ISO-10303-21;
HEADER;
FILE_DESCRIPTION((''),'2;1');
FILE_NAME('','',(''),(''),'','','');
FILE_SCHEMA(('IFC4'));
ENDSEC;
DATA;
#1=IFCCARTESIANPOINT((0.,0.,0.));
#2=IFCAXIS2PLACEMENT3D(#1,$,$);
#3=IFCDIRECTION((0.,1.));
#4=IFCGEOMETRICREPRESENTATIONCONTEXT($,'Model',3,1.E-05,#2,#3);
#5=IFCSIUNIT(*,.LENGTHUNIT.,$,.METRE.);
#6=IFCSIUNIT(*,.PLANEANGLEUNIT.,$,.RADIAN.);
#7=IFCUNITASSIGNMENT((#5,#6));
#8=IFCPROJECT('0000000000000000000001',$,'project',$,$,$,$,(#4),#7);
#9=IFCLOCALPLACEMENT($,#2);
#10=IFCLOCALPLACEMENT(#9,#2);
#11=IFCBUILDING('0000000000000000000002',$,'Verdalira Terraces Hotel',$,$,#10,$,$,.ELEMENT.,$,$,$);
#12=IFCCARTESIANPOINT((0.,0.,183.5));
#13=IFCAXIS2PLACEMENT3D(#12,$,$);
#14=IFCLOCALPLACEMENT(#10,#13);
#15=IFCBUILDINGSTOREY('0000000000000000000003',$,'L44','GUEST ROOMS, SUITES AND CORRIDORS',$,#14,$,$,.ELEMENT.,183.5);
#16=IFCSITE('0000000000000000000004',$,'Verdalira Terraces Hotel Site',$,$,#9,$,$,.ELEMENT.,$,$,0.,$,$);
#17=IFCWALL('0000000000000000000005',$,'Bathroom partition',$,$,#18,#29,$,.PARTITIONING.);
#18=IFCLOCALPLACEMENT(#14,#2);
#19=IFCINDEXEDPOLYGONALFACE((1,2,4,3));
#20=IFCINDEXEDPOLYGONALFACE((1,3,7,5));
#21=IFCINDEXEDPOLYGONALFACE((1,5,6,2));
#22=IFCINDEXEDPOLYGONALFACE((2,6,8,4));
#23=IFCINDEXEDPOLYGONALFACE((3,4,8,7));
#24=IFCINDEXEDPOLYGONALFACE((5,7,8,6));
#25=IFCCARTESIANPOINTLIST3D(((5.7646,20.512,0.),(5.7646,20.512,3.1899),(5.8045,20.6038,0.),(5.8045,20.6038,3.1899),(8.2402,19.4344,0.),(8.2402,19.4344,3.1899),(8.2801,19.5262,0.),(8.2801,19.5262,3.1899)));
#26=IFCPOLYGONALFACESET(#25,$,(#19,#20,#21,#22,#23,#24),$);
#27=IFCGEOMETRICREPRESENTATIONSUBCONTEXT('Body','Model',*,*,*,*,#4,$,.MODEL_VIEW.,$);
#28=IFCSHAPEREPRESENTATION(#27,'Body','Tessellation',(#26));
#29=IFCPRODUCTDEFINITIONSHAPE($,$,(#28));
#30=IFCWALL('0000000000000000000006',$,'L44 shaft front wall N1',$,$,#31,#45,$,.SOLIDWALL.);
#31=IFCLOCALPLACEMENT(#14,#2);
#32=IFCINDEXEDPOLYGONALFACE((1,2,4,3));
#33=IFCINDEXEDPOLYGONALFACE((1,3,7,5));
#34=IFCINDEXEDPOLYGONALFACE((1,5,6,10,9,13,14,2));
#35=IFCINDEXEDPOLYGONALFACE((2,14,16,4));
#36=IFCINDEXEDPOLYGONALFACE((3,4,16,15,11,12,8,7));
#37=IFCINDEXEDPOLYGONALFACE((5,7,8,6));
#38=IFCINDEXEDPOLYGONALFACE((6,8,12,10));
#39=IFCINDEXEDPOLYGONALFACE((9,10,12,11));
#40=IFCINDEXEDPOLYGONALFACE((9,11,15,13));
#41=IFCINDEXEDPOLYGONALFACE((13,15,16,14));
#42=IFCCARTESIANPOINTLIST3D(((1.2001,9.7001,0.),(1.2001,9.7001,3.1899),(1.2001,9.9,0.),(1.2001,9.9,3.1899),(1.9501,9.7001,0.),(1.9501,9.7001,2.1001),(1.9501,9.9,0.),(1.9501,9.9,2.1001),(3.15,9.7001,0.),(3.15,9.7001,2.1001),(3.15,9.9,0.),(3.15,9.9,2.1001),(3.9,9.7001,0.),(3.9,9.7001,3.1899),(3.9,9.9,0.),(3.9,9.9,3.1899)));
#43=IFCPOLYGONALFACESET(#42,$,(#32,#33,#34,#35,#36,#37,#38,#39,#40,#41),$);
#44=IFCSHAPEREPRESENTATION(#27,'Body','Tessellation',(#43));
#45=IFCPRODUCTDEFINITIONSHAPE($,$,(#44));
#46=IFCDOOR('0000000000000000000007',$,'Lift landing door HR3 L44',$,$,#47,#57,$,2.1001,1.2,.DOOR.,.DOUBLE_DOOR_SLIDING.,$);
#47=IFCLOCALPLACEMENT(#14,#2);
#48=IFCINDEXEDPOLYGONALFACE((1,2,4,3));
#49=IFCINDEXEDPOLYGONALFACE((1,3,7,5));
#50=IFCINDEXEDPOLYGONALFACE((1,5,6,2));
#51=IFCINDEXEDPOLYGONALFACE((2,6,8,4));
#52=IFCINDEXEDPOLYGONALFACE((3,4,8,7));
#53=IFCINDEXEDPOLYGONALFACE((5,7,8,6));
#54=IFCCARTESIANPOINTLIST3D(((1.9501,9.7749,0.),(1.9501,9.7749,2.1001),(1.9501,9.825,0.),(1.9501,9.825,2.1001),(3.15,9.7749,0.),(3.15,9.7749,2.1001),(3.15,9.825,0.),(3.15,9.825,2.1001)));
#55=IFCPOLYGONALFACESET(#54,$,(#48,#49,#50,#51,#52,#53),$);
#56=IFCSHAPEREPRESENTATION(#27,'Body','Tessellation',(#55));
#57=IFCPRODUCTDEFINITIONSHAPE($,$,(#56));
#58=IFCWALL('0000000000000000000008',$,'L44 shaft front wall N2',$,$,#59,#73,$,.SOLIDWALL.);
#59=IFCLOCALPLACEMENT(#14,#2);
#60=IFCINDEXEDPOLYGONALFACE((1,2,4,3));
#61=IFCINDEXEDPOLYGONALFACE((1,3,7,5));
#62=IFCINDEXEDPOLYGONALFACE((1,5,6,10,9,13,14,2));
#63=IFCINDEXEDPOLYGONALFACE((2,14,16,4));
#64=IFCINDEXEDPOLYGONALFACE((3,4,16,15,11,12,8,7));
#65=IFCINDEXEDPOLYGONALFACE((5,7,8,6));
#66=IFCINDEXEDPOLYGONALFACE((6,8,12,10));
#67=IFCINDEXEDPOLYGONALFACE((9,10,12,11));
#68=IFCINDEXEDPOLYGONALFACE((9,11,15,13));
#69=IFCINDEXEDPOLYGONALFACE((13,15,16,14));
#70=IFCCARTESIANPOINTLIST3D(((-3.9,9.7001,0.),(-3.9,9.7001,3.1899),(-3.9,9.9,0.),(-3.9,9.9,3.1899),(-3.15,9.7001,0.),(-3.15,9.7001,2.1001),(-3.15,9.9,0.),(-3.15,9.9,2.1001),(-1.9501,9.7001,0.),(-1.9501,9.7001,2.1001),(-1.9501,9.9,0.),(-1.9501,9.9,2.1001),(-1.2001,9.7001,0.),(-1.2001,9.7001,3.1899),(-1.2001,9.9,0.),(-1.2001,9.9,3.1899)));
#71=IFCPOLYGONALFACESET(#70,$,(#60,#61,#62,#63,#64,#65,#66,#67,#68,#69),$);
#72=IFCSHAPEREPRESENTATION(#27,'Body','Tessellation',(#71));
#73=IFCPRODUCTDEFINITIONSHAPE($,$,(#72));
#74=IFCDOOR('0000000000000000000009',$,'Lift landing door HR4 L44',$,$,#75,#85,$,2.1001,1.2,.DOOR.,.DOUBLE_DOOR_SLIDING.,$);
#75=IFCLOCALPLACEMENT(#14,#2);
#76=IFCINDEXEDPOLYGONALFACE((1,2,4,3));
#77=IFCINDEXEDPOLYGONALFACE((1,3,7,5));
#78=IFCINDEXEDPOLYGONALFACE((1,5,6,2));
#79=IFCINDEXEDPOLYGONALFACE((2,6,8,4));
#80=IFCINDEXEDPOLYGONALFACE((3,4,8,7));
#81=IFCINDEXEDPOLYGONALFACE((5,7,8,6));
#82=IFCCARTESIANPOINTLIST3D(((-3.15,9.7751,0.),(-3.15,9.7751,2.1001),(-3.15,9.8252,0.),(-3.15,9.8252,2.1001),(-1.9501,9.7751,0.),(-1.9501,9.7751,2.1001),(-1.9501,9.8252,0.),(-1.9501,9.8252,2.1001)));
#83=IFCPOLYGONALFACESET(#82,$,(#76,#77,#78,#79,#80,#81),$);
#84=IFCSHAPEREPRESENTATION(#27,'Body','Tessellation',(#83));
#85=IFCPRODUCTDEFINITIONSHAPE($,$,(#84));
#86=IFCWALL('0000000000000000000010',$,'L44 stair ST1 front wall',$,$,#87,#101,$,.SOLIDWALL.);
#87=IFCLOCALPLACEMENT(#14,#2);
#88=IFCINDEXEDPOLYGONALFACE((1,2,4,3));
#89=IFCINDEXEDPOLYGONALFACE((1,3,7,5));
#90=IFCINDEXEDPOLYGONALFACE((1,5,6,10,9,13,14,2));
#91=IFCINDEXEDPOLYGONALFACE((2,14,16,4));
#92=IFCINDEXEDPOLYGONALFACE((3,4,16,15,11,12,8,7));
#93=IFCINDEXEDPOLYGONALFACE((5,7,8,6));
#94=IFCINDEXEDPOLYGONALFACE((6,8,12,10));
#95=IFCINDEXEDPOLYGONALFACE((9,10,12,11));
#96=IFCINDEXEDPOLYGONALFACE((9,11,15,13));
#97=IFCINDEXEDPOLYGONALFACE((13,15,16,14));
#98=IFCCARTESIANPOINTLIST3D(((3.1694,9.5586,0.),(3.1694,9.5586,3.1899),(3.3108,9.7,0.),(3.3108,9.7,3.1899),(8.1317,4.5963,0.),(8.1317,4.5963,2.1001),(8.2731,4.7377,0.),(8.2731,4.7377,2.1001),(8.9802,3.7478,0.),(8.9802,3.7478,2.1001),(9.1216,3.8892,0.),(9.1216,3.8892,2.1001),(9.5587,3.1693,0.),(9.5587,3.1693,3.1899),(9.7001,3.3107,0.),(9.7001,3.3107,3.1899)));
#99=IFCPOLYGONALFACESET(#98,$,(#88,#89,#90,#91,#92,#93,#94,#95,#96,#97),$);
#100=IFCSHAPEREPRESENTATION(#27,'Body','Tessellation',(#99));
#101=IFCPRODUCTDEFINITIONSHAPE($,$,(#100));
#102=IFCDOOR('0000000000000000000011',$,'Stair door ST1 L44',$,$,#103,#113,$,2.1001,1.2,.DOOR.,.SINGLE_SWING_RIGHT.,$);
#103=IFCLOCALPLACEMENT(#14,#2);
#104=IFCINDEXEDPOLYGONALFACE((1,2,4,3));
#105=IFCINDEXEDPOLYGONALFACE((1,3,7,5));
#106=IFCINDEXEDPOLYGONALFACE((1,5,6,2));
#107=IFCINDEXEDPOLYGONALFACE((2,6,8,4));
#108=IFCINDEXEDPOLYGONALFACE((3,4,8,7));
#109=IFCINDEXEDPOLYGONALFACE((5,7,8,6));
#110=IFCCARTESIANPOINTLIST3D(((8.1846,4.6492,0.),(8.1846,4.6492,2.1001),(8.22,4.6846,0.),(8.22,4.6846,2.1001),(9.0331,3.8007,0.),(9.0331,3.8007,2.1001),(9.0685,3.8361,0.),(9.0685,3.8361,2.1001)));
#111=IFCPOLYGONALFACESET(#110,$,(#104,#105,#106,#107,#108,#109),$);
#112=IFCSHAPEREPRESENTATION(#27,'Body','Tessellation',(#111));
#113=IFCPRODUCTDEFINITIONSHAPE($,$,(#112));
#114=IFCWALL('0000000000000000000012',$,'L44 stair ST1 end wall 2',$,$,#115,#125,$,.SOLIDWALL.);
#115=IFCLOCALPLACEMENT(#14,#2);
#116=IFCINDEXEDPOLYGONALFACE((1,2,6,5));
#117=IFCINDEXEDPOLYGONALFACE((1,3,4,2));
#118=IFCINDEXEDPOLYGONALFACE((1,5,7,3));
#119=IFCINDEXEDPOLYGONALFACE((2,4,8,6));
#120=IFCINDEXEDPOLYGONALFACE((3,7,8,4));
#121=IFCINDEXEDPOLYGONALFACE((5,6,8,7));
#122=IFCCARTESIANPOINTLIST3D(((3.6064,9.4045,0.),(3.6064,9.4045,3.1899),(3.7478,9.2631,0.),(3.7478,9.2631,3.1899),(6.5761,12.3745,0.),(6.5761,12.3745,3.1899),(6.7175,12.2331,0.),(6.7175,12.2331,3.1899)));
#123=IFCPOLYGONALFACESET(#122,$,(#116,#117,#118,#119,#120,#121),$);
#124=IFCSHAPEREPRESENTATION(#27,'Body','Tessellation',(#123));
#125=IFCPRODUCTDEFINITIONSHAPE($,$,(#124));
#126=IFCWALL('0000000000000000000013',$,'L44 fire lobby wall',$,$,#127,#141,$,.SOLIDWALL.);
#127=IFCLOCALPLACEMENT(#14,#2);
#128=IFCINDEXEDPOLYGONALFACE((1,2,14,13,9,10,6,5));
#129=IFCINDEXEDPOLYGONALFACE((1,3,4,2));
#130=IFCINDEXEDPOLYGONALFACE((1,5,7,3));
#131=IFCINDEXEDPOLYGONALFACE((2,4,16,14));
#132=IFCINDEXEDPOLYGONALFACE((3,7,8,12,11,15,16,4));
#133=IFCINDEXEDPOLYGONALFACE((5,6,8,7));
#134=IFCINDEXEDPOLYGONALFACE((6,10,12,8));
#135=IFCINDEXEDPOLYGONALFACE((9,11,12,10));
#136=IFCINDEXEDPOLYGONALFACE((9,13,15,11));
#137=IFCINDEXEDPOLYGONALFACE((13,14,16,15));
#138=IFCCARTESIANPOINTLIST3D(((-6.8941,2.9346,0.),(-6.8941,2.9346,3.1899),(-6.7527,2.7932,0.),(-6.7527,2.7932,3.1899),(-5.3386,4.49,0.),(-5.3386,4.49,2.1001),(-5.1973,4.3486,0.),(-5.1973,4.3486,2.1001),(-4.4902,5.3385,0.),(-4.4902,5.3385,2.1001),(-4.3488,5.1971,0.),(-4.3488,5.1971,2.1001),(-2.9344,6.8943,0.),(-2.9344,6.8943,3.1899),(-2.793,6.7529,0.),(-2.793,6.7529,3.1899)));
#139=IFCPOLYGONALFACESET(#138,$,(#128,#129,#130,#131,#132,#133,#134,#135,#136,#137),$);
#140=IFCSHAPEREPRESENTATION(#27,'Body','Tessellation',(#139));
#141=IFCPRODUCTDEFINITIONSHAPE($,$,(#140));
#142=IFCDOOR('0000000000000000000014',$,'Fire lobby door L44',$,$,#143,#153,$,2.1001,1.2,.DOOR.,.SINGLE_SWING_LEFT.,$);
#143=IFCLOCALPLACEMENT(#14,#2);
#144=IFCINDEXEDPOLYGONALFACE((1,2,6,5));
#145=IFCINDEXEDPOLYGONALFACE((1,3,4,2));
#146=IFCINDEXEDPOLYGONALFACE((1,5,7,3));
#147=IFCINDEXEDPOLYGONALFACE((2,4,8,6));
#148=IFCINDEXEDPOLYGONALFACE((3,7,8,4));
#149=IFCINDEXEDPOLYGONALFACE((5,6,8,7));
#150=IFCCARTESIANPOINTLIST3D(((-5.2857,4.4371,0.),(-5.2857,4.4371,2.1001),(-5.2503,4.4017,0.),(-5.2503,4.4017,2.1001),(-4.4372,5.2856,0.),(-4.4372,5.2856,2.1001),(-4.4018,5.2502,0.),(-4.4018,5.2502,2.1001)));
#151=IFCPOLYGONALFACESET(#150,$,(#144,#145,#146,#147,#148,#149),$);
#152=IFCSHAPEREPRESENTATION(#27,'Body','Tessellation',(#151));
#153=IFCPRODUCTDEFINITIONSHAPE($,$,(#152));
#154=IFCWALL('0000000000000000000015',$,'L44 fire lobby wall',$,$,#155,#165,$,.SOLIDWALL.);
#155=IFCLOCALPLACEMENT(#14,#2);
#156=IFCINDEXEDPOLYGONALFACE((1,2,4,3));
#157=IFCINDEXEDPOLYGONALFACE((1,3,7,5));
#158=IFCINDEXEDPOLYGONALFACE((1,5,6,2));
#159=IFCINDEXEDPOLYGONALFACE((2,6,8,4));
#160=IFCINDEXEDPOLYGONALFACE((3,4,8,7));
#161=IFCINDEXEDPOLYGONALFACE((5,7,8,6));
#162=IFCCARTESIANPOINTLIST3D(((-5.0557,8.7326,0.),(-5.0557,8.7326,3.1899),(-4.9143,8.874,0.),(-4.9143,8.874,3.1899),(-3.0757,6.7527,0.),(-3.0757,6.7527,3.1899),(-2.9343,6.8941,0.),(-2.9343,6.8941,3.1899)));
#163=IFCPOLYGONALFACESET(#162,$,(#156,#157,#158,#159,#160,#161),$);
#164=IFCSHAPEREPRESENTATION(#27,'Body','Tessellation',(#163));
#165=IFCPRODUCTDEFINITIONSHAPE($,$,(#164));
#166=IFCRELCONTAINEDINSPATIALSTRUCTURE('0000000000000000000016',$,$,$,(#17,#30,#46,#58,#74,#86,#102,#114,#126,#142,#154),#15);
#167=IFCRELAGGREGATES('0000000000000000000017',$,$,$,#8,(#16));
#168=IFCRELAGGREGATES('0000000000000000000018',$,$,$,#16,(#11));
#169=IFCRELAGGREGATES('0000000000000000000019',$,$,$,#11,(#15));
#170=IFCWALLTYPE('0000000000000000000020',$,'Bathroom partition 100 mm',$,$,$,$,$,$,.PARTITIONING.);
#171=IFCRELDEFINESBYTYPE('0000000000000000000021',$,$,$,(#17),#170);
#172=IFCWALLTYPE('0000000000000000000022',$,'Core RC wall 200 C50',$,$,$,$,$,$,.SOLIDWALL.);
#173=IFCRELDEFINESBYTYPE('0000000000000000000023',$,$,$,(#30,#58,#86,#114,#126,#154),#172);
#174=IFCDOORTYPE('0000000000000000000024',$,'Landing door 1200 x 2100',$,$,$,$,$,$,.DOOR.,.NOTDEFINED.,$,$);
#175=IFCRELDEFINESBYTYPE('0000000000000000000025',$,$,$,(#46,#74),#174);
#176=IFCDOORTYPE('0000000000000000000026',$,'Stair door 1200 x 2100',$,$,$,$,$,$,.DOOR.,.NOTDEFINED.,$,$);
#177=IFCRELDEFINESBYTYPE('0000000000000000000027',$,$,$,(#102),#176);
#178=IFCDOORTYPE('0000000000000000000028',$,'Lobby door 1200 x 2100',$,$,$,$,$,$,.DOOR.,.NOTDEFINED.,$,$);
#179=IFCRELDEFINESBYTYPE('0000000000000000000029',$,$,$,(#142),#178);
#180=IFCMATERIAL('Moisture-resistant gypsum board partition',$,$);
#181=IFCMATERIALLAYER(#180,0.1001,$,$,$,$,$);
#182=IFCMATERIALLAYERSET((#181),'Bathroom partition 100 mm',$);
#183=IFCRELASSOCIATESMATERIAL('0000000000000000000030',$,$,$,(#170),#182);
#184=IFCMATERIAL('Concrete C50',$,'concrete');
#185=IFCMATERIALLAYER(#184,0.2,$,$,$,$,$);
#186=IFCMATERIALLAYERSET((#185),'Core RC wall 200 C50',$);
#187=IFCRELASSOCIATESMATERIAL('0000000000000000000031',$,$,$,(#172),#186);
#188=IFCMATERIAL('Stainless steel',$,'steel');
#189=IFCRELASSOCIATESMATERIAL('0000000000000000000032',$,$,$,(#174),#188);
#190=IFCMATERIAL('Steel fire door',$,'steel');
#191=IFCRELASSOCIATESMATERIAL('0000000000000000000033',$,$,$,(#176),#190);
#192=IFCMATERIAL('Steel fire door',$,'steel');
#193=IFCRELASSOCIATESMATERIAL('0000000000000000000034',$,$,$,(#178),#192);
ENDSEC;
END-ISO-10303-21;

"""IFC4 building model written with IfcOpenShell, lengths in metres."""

from ifc_helpers import new_model, si_unit, direction, frame, frame_2d, origin, place, context, subcontext, project, spatial, rectangle, extrude, material, layer, layer_set, type_object, element, fill, save


model = new_model("IFC4")

# Units and contexts
model_context = context("Model", 3, precision=1e-05, world=origin(), true_north=direction((0.0, 1.0)))
body_context = subcontext(model_context, "Body", "Model", "MODEL_VIEW")
ifc_project = project(units=[si_unit("LENGTHUNIT", "METRE"), si_unit("PLANEANGLEUNIT", "RADIAN")], contexts=[model_context])

# Site, building, storey
site_placement = place(None, origin())
site = spatial("IfcSite", under=ifc_project, at=site_placement, Name="Verdalira Terraces Hotel Site", CompositionType="ELEMENT", RefElevation=0.0)
building_placement = place(site_placement, origin())
building = spatial("IfcBuilding", under=site, at=building_placement, Name="Verdalira Terraces Hotel", CompositionType="ELEMENT")
storey_placement = place(building_placement, frame((0.0, 0.0, 183.5)))
storey = spatial("IfcBuildingStorey", under=building, at=storey_placement, Name="L44", Description="GUEST ROOMS, SUITES AND CORRIDORS", CompositionType="ELEMENT", Elevation=183.5)

# Wall
ifc_material_1 = material(Name="Moisture-resistant gypsum board partition")
ifc_layer_1 = layer(ifc_material_1, 0.1001)
ifc_layer_set_1 = layer_set([ifc_layer_1], Name="Bathroom partition 100 mm")
wall_type_1 = type_object("IfcWallType", Name="Bathroom partition 100 mm", PredefinedType="PARTITIONING", material=ifc_layer_set_1)
wall_1_placement = place(storey_placement, frame((8.2603, 19.4802, 0.0), z_axis=(0.0, 0.0, 1.0), x_axis=(-0.916895, 0.399129, 0.0)))
element("IfcWall", 1, at=wall_1_placement, inside=storey, type_object=wall_type_1, Name="Bathroom partition", PredefinedType="PARTITIONING", context=body_context, shape_type="SweptSolid", body=[
    extrude(rectangle(XDim=2.7, YDim=0.1001, at=frame_2d((1.3501, 0.0))), origin(), (0.0, 0.0, 1.0), 3.1899),
])

# Walls, openings, doors
ifc_material_2 = material(Name="Concrete C50", Category="concrete")
ifc_layer_2 = layer(ifc_material_2, 0.2)
ifc_layer_set_2 = layer_set([ifc_layer_2], Name="Core RC wall 200 C50")
wall_type_2 = type_object("IfcWallType", Name="Core RC wall 200 C50", PredefinedType="SOLIDWALL", material=ifc_layer_set_2)
wall_2_placement = place(storey_placement, frame((1.2, 9.8, 0.0), z_axis=(0.0, 0.0, 1.0), x_axis=(1.0, 0.0, 0.0)))
wall_2 = element("IfcWall", 2, at=wall_2_placement, inside=storey, type_object=wall_type_2, Name="L44 shaft front wall N1", PredefinedType="SOLIDWALL", context=body_context, shape_type="SweptSolid", body=[
    extrude(rectangle(XDim=2.7, YDim=0.2, at=frame_2d((1.3501, 0.0))), origin(), (0.0, 0.0, 1.0), 3.1899),
])
opening_1_placement = place(wall_2_placement, frame((0.75, 0.0, 0.0)))
opening_1 = element("IfcOpeningElement", 3, at=opening_1_placement, cuts=wall_2, PredefinedType="OPENING", context=body_context, shape_type="SweptSolid", body=[
    extrude(rectangle(XDim=1.2, YDim=2.1001, at=frame_2d((0.6001, 1.05))), frame((0.0, 0.1099, 0.0), z_axis=(0.0, -1.0, 0.0), x_axis=(1.0, 0.0, 0.0)), (0.0, 0.0, 1.0), 0.22),
])
ifc_material_3 = material(Name="Stainless steel", Category="steel")
door_type_1 = type_object("IfcDoorType", Name="Landing door 1200 x 2100", OperationType="NOTDEFINED", PredefinedType="DOOR", material=ifc_material_3)
door_1_placement = place(opening_1_placement, origin())
door_1 = element("IfcDoor", 4, at=door_1_placement, inside=storey, type_object=door_type_1, Name="Lift landing door HR3 L44", OperationType="DOUBLE_DOOR_SLIDING", OverallHeight=2.1001, OverallWidth=1.2, PredefinedType="DOOR", context=body_context, shape_type="SweptSolid", body=[
    extrude(rectangle(XDim=1.2, YDim=2.1001, at=frame_2d((0.6001, 1.05))), frame((0.0, 0.0249, 0.0), z_axis=(0.0, -1.0, 0.0), x_axis=(1.0, 0.0, 0.0)), (0.0, 0.0, 1.0), 0.05),
])
fill(opening_1, door_1)
wall_3_placement = place(storey_placement, frame((-1.2, 9.8, 0.0), z_axis=(0.0, 0.0, 1.0), x_axis=(-1.0, 0.0, 0.0)))
wall_3 = element("IfcWall", 5, at=wall_3_placement, inside=storey, type_object=wall_type_2, Name="L44 shaft front wall N2", PredefinedType="SOLIDWALL", context=body_context, shape_type="SweptSolid", body=[
    extrude(rectangle(XDim=2.7, YDim=0.2, at=frame_2d((1.3501, 0.0))), origin(), (0.0, 0.0, 1.0), 3.1899),
])
opening_2_placement = place(wall_3_placement, frame((0.75, 0.0, 0.0)))
opening_2 = element("IfcOpeningElement", 6, at=opening_2_placement, cuts=wall_3, PredefinedType="OPENING", context=body_context, shape_type="SweptSolid", body=[
    extrude(rectangle(XDim=1.2, YDim=2.1001, at=frame_2d((0.6001, 1.05))), frame((0.0, 0.1099, 0.0), z_axis=(0.0, -1.0, 0.0), x_axis=(1.0, 0.0, 0.0)), (0.0, 0.0, 1.0), 0.22),
])
door_2_placement = place(opening_2_placement, origin())
door_2 = element("IfcDoor", 7, at=door_2_placement, inside=storey, type_object=door_type_1, Name="Lift landing door HR4 L44", OperationType="DOUBLE_DOOR_SLIDING", OverallHeight=2.1001, OverallWidth=1.2, PredefinedType="DOOR", context=body_context, shape_type="SweptSolid", body=[
    extrude(rectangle(XDim=1.2, YDim=2.1001, at=frame_2d((0.6001, 1.05))), frame((0.0, 0.0249, 0.0), z_axis=(0.0, -1.0, 0.0), x_axis=(1.0, 0.0, 0.0)), (0.0, 0.0, 1.0), 0.05),
])
fill(opening_2, door_2)
wall_4_placement = place(storey_placement, frame((3.24, 9.6294, 0.0), z_axis=(0.0, 0.0, 1.0), x_axis=(0.707107, -0.707107, 0.0)))
wall_4 = element("IfcWall", 8, at=wall_4_placement, inside=storey, type_object=wall_type_2, Name="L44 stair ST1 front wall", PredefinedType="SOLIDWALL", context=body_context, shape_type="SweptSolid", body=[
    extrude(rectangle(XDim=9.0359, YDim=0.2, at=frame_2d((4.5181, 0.0))), origin(), (0.0, 0.0, 1.0), 3.1899),
])
opening_3_placement = place(wall_4_placement, frame((7.0178, 0.0, 0.0)))
opening_3 = element("IfcOpeningElement", 9, at=opening_3_placement, cuts=wall_4, PredefinedType="OPENING", context=body_context, shape_type="SweptSolid", body=[
    extrude(rectangle(XDim=1.2, YDim=2.1001, at=frame_2d((0.6001, 1.05))), frame((0.0, 0.1099, 0.0), z_axis=(0.0, -1.0, 0.0), x_axis=(1.0, 0.0, 0.0)), (0.0, 0.0, 1.0), 0.22),
])
ifc_material_4 = material(Name="Steel fire door", Category="steel")
door_type_2 = type_object("IfcDoorType", Name="Stair door 1200 x 2100", OperationType="NOTDEFINED", PredefinedType="DOOR", material=ifc_material_4)
door_3_placement = place(opening_3_placement, origin())
door_3 = element("IfcDoor", 10, at=door_3_placement, inside=storey, type_object=door_type_2, Name="Stair door ST1 L44", OperationType="SINGLE_SWING_RIGHT", OverallHeight=2.1001, OverallWidth=1.2, PredefinedType="DOOR", context=body_context, shape_type="SweptSolid", body=[
    extrude(rectangle(XDim=1.2, YDim=2.1001, at=frame_2d((0.6001, 1.05))), frame((0.0, 0.0249, 0.0), z_axis=(0.0, -1.0, 0.0), x_axis=(1.0, 0.0, 0.0)), (0.0, 0.0, 1.0), 0.05),
])
fill(opening_3, door_3)

# Wall
wall_5_placement = place(storey_placement, frame((3.677, 9.3337, 0.0), z_axis=(0.0, 0.0, 1.0), x_axis=(0.707078, 0.707136, 0.0)))
element("IfcWall", 11, at=wall_5_placement, inside=storey, type_object=wall_type_2, Name="L44 stair ST1 end wall 2", PredefinedType="SOLIDWALL", context=body_context, shape_type="SweptSolid", body=[
    extrude(rectangle(XDim=4.2, YDim=0.2, at=frame_2d((2.1001, 0.0))), origin(), (0.0, 0.0, 1.0), 3.1899),
])

# Wall, opening, door
wall_6_placement = place(storey_placement, frame((-2.8638, 6.8235, 0.0), z_axis=(0.0, 0.0, 1.0), x_axis=(-0.707107, -0.707107, 0.0)))
wall_6 = element("IfcWall", 12, at=wall_6_placement, inside=storey, type_object=wall_type_2, Name="L44 fire lobby wall", PredefinedType="SOLIDWALL", context=body_context, shape_type="SweptSolid", body=[
    extrude(rectangle(XDim=5.5999, YDim=0.2, at=frame_2d((2.7998, 0.0))), origin(), (0.0, 0.0, 1.0), 3.1899),
])
opening_4_placement = place(wall_6_placement, frame((2.2, 0.0, 0.0)))
opening_4 = element("IfcOpeningElement", 13, at=opening_4_placement, cuts=wall_6, PredefinedType="OPENING", context=body_context, shape_type="SweptSolid", body=[
    extrude(rectangle(XDim=1.2, YDim=2.1001, at=frame_2d((0.6001, 1.05))), frame((0.0, 0.1099, 0.0), z_axis=(0.0, -1.0, 0.0), x_axis=(1.0, 0.0, 0.0)), (0.0, 0.0, 1.0), 0.22),
])
ifc_material_5 = material(Name="Steel fire door", Category="steel")
door_type_3 = type_object("IfcDoorType", Name="Lobby door 1200 x 2100", OperationType="NOTDEFINED", PredefinedType="DOOR", material=ifc_material_5)
door_4_placement = place(opening_4_placement, origin())
door_4 = element("IfcDoor", 14, at=door_4_placement, inside=storey, type_object=door_type_3, Name="Fire lobby door L44", OperationType="SINGLE_SWING_LEFT", OverallHeight=2.1001, OverallWidth=1.2, PredefinedType="DOOR", context=body_context, shape_type="SweptSolid", body=[
    extrude(rectangle(XDim=1.2, YDim=2.1001, at=frame_2d((0.6001, 1.05))), frame((0.0, 0.0249, 0.0), z_axis=(0.0, -1.0, 0.0), x_axis=(1.0, 0.0, 0.0)), (0.0, 0.0, 1.0), 0.05),
])
fill(opening_4, door_4)

# Wall
wall_7_placement = place(storey_placement, frame((-3.0051, 6.8235, 0.0), z_axis=(0.0, 0.0, 1.0), x_axis=(-0.707107, 0.707107, 0.0)))
element("IfcWall", 15, at=wall_7_placement, inside=storey, type_object=wall_type_2, Name="L44 fire lobby wall", PredefinedType="SOLIDWALL", context=body_context, shape_type="SweptSolid", body=[
    extrude(rectangle(XDim=2.8, YDim=0.2, at=frame_2d((1.3999, 0.0))), origin(), (0.0, 0.0, 1.0), 3.1899),
])

save(model, "model.ifc")
